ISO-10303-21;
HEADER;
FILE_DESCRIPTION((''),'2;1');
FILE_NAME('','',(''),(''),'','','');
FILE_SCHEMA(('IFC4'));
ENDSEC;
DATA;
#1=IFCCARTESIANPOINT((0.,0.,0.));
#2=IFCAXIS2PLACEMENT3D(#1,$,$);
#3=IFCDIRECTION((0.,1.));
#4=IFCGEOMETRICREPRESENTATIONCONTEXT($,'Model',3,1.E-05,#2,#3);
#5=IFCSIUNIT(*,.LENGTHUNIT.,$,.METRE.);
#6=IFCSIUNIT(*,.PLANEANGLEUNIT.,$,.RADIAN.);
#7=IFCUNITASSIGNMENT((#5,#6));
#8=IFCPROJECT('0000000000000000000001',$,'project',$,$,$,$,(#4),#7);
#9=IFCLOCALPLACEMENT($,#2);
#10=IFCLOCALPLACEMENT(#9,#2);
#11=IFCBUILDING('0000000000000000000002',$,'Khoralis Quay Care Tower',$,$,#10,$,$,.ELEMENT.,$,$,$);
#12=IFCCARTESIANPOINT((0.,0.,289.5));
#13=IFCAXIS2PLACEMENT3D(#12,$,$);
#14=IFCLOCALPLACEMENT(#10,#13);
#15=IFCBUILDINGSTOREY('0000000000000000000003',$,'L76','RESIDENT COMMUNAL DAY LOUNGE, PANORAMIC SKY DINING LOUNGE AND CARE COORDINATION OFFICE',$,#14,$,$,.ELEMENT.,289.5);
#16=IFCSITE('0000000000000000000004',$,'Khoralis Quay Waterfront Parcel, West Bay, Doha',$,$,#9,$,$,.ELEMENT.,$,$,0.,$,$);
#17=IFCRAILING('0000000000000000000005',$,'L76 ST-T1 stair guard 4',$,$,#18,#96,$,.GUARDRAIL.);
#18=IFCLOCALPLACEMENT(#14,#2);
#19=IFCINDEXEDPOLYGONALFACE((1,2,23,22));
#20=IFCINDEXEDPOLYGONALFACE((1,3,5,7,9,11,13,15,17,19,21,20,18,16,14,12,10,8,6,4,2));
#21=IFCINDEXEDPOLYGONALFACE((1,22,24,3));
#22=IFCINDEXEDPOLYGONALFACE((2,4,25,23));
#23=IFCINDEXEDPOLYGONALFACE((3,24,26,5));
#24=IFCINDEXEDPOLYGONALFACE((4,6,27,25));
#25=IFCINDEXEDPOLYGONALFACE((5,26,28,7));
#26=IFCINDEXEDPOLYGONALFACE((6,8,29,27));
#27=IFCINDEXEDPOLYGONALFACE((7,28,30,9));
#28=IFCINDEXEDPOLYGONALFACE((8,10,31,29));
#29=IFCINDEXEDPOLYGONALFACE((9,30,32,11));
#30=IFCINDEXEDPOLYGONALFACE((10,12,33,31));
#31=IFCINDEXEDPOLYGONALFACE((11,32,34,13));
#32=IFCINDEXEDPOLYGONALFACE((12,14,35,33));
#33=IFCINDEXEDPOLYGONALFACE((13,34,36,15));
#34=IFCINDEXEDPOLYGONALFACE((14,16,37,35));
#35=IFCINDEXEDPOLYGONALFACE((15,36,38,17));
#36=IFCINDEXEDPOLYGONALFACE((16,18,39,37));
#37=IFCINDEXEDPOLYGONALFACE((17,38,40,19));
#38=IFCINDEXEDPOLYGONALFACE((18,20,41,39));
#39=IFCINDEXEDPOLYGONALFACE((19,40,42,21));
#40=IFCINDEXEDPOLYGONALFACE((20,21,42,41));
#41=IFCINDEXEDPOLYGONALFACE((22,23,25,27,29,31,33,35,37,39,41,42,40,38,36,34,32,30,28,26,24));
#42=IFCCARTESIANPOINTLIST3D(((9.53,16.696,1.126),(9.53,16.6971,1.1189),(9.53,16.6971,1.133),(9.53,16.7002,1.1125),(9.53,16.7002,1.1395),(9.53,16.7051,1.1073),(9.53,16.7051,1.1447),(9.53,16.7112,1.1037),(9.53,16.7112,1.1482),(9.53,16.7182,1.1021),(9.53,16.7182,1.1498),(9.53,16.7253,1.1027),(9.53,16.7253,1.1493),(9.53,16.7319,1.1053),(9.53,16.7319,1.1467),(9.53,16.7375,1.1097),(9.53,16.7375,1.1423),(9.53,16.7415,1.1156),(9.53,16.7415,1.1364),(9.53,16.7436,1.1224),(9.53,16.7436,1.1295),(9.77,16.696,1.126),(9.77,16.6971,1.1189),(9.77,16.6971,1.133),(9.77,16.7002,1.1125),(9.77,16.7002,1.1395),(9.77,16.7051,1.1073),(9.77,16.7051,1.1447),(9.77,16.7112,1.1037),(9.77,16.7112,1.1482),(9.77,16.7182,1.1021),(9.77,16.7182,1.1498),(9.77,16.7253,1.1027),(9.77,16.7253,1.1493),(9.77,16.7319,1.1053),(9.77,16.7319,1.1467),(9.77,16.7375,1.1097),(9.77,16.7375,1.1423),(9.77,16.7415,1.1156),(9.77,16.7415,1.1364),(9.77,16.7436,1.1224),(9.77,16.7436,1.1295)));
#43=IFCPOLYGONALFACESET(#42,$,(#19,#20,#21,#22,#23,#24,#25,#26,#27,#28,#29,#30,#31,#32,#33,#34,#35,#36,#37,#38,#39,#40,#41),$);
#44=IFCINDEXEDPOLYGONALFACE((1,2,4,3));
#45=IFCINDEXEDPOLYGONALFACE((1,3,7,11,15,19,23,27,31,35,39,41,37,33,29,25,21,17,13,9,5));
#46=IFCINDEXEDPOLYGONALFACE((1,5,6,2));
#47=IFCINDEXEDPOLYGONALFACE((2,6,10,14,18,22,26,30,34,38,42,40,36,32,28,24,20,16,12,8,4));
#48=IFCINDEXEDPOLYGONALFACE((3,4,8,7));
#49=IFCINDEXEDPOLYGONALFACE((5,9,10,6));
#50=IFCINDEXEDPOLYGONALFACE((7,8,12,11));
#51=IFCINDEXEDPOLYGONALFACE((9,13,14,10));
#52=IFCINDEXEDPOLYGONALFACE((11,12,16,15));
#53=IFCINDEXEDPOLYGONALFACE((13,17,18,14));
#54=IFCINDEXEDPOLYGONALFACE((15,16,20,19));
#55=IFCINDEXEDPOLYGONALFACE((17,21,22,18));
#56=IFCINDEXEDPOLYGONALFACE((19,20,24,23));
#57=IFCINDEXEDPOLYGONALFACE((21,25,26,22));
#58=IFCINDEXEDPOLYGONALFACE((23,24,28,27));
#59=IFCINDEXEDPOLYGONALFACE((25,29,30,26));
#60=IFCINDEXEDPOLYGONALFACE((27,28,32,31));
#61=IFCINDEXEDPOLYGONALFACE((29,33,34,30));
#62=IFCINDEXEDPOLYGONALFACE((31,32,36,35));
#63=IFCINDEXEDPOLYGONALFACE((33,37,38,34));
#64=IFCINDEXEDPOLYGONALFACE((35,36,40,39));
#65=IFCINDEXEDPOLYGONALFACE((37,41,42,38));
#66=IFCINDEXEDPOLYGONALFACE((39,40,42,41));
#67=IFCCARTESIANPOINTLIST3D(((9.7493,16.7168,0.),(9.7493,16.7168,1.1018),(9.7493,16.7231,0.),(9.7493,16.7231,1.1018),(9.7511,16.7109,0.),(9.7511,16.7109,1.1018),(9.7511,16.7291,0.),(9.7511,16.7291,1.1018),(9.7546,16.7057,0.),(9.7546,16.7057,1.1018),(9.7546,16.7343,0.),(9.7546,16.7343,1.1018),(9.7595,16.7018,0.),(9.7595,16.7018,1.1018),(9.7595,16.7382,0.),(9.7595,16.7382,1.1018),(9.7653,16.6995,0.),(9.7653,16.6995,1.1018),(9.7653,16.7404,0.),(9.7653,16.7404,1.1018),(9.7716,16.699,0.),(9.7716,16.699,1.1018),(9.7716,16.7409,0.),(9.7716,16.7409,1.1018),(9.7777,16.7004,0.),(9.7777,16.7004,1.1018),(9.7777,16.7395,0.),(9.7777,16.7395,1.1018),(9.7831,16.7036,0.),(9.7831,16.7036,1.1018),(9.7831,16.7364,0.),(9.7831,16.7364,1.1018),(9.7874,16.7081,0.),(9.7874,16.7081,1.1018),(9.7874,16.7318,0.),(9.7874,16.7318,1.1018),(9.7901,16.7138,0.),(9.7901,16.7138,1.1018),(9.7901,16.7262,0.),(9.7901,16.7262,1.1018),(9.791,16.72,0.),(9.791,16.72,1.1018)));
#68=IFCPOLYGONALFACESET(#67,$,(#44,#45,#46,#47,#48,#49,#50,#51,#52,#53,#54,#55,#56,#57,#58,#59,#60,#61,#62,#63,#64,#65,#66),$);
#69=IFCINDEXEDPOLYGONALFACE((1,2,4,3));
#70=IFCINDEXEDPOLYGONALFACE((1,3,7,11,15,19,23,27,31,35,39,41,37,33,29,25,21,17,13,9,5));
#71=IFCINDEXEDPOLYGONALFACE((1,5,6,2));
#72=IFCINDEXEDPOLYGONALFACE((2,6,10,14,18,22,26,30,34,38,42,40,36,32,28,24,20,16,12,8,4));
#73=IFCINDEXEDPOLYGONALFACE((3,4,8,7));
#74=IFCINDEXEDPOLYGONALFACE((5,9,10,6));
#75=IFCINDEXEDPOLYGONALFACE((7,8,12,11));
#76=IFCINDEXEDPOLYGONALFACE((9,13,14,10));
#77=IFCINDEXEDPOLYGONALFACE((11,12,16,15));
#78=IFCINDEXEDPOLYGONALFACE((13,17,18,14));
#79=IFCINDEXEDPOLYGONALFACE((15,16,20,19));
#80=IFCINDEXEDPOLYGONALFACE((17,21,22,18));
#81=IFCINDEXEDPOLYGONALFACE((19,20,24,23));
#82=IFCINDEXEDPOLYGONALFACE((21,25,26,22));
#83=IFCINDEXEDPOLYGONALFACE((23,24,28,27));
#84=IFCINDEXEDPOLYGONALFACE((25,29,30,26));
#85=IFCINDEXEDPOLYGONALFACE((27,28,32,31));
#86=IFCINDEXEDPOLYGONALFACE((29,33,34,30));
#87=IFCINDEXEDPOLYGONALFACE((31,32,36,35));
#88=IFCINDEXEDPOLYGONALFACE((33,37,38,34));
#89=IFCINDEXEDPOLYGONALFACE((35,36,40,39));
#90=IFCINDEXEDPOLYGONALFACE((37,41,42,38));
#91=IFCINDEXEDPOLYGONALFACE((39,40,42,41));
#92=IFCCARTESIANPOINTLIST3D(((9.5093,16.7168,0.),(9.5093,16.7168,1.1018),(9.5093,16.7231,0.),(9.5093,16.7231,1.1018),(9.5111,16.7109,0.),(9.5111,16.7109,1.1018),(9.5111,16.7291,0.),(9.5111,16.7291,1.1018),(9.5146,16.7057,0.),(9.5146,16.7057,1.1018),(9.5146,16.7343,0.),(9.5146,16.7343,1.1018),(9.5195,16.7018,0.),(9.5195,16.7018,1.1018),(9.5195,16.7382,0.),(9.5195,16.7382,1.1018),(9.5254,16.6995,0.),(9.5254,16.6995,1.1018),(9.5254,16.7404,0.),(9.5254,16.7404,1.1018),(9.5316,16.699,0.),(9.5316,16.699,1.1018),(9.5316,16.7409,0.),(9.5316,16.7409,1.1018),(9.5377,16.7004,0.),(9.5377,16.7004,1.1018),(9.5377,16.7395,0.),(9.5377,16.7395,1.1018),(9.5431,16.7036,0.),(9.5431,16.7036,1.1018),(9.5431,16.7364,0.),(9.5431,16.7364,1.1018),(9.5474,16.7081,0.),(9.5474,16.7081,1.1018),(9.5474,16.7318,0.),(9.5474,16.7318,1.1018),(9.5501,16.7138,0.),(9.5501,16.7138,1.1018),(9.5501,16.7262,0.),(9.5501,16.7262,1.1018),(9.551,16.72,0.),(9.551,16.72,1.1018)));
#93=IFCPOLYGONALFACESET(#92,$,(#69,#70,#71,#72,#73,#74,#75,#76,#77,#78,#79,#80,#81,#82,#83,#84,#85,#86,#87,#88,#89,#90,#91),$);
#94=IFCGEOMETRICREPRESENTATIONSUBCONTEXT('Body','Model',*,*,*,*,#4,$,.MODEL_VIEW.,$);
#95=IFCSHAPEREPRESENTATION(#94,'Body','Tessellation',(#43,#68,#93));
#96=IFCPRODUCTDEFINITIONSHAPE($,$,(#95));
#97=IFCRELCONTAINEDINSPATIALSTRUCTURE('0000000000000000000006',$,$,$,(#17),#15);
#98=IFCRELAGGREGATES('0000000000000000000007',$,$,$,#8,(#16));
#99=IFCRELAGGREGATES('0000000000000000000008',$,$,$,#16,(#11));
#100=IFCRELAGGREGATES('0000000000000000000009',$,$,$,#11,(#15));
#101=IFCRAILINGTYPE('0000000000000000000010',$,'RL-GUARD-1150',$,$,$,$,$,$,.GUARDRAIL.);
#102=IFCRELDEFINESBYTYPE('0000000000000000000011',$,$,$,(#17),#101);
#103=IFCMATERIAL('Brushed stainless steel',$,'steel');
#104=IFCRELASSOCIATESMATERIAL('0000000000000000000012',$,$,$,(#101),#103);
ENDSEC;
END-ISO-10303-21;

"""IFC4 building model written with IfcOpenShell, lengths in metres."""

from ifc_helpers import new_model, si_unit, direction, frame, origin, origin_2d, place, context, subcontext, project, spatial, circle, extrude, material, type_object, element, save


model = new_model("IFC4")

# Units and contexts
model_context = context("Model", 3, precision=1e-05, world=origin(), true_north=direction((0.0, 1.0)))
body_context = subcontext(model_context, "Body", "Model", "MODEL_VIEW")
ifc_project = project(units=[si_unit("LENGTHUNIT", "METRE"), si_unit("PLANEANGLEUNIT", "RADIAN")], contexts=[model_context])

# Site, building, storey
site_placement = place(None, origin())
site = spatial("IfcSite", under=ifc_project, at=site_placement, Name="Khoralis Quay Waterfront Parcel, West Bay, Doha", CompositionType="ELEMENT", RefElevation=0.0)
building_placement = place(site_placement, origin())
building = spatial("IfcBuilding", under=site, at=building_placement, Name="Khoralis Quay Care Tower", CompositionType="ELEMENT")
storey_placement = place(building_placement, frame((0.0, 0.0, 289.5)))
storey = spatial("IfcBuildingStorey", under=building, at=storey_placement, Name="L76", Description="RESIDENT COMMUNAL DAY LOUNGE, PANORAMIC SKY DINING LOUNGE AND CARE COORDINATION OFFICE", CompositionType="ELEMENT", Elevation=289.5)

# Shared definitions
ifc_material_1 = material(Name="Brushed stainless steel", Category="steel")

# Railing
railing_type_1 = type_object("IfcRailingType", Name="RL-GUARD-1150", PredefinedType="GUARDRAIL", material=ifc_material_1)
railing_1_placement = place(storey_placement, frame((9.77, 16.72, 0.0)))
element("IfcRailing", 1, at=railing_1_placement, inside=storey, type_object=railing_type_1, Name="L76 ST-T1 stair guard 4", PredefinedType="GUARDRAIL", context=body_context, shape_type="SweptSolid", body=[
    extrude(circle(Radius=0.0239, at=origin_2d()), frame((0.0, 0.0, 1.126), z_axis=(-1.0, 0.0, 0.0), x_axis=(0.0, -1.0, 0.0)), (0.0, 0.0, 1.0), 0.24),
    extrude(circle(Radius=0.021, at=origin_2d()), origin(), (0.0, 0.0, 1.0), 1.1018),
    extrude(circle(Radius=0.021, at=origin_2d()), frame((-0.24, 0.0, 0.0)), (0.0, 0.0, 1.0), 1.1018),
])

save(model, "model.ifc")
